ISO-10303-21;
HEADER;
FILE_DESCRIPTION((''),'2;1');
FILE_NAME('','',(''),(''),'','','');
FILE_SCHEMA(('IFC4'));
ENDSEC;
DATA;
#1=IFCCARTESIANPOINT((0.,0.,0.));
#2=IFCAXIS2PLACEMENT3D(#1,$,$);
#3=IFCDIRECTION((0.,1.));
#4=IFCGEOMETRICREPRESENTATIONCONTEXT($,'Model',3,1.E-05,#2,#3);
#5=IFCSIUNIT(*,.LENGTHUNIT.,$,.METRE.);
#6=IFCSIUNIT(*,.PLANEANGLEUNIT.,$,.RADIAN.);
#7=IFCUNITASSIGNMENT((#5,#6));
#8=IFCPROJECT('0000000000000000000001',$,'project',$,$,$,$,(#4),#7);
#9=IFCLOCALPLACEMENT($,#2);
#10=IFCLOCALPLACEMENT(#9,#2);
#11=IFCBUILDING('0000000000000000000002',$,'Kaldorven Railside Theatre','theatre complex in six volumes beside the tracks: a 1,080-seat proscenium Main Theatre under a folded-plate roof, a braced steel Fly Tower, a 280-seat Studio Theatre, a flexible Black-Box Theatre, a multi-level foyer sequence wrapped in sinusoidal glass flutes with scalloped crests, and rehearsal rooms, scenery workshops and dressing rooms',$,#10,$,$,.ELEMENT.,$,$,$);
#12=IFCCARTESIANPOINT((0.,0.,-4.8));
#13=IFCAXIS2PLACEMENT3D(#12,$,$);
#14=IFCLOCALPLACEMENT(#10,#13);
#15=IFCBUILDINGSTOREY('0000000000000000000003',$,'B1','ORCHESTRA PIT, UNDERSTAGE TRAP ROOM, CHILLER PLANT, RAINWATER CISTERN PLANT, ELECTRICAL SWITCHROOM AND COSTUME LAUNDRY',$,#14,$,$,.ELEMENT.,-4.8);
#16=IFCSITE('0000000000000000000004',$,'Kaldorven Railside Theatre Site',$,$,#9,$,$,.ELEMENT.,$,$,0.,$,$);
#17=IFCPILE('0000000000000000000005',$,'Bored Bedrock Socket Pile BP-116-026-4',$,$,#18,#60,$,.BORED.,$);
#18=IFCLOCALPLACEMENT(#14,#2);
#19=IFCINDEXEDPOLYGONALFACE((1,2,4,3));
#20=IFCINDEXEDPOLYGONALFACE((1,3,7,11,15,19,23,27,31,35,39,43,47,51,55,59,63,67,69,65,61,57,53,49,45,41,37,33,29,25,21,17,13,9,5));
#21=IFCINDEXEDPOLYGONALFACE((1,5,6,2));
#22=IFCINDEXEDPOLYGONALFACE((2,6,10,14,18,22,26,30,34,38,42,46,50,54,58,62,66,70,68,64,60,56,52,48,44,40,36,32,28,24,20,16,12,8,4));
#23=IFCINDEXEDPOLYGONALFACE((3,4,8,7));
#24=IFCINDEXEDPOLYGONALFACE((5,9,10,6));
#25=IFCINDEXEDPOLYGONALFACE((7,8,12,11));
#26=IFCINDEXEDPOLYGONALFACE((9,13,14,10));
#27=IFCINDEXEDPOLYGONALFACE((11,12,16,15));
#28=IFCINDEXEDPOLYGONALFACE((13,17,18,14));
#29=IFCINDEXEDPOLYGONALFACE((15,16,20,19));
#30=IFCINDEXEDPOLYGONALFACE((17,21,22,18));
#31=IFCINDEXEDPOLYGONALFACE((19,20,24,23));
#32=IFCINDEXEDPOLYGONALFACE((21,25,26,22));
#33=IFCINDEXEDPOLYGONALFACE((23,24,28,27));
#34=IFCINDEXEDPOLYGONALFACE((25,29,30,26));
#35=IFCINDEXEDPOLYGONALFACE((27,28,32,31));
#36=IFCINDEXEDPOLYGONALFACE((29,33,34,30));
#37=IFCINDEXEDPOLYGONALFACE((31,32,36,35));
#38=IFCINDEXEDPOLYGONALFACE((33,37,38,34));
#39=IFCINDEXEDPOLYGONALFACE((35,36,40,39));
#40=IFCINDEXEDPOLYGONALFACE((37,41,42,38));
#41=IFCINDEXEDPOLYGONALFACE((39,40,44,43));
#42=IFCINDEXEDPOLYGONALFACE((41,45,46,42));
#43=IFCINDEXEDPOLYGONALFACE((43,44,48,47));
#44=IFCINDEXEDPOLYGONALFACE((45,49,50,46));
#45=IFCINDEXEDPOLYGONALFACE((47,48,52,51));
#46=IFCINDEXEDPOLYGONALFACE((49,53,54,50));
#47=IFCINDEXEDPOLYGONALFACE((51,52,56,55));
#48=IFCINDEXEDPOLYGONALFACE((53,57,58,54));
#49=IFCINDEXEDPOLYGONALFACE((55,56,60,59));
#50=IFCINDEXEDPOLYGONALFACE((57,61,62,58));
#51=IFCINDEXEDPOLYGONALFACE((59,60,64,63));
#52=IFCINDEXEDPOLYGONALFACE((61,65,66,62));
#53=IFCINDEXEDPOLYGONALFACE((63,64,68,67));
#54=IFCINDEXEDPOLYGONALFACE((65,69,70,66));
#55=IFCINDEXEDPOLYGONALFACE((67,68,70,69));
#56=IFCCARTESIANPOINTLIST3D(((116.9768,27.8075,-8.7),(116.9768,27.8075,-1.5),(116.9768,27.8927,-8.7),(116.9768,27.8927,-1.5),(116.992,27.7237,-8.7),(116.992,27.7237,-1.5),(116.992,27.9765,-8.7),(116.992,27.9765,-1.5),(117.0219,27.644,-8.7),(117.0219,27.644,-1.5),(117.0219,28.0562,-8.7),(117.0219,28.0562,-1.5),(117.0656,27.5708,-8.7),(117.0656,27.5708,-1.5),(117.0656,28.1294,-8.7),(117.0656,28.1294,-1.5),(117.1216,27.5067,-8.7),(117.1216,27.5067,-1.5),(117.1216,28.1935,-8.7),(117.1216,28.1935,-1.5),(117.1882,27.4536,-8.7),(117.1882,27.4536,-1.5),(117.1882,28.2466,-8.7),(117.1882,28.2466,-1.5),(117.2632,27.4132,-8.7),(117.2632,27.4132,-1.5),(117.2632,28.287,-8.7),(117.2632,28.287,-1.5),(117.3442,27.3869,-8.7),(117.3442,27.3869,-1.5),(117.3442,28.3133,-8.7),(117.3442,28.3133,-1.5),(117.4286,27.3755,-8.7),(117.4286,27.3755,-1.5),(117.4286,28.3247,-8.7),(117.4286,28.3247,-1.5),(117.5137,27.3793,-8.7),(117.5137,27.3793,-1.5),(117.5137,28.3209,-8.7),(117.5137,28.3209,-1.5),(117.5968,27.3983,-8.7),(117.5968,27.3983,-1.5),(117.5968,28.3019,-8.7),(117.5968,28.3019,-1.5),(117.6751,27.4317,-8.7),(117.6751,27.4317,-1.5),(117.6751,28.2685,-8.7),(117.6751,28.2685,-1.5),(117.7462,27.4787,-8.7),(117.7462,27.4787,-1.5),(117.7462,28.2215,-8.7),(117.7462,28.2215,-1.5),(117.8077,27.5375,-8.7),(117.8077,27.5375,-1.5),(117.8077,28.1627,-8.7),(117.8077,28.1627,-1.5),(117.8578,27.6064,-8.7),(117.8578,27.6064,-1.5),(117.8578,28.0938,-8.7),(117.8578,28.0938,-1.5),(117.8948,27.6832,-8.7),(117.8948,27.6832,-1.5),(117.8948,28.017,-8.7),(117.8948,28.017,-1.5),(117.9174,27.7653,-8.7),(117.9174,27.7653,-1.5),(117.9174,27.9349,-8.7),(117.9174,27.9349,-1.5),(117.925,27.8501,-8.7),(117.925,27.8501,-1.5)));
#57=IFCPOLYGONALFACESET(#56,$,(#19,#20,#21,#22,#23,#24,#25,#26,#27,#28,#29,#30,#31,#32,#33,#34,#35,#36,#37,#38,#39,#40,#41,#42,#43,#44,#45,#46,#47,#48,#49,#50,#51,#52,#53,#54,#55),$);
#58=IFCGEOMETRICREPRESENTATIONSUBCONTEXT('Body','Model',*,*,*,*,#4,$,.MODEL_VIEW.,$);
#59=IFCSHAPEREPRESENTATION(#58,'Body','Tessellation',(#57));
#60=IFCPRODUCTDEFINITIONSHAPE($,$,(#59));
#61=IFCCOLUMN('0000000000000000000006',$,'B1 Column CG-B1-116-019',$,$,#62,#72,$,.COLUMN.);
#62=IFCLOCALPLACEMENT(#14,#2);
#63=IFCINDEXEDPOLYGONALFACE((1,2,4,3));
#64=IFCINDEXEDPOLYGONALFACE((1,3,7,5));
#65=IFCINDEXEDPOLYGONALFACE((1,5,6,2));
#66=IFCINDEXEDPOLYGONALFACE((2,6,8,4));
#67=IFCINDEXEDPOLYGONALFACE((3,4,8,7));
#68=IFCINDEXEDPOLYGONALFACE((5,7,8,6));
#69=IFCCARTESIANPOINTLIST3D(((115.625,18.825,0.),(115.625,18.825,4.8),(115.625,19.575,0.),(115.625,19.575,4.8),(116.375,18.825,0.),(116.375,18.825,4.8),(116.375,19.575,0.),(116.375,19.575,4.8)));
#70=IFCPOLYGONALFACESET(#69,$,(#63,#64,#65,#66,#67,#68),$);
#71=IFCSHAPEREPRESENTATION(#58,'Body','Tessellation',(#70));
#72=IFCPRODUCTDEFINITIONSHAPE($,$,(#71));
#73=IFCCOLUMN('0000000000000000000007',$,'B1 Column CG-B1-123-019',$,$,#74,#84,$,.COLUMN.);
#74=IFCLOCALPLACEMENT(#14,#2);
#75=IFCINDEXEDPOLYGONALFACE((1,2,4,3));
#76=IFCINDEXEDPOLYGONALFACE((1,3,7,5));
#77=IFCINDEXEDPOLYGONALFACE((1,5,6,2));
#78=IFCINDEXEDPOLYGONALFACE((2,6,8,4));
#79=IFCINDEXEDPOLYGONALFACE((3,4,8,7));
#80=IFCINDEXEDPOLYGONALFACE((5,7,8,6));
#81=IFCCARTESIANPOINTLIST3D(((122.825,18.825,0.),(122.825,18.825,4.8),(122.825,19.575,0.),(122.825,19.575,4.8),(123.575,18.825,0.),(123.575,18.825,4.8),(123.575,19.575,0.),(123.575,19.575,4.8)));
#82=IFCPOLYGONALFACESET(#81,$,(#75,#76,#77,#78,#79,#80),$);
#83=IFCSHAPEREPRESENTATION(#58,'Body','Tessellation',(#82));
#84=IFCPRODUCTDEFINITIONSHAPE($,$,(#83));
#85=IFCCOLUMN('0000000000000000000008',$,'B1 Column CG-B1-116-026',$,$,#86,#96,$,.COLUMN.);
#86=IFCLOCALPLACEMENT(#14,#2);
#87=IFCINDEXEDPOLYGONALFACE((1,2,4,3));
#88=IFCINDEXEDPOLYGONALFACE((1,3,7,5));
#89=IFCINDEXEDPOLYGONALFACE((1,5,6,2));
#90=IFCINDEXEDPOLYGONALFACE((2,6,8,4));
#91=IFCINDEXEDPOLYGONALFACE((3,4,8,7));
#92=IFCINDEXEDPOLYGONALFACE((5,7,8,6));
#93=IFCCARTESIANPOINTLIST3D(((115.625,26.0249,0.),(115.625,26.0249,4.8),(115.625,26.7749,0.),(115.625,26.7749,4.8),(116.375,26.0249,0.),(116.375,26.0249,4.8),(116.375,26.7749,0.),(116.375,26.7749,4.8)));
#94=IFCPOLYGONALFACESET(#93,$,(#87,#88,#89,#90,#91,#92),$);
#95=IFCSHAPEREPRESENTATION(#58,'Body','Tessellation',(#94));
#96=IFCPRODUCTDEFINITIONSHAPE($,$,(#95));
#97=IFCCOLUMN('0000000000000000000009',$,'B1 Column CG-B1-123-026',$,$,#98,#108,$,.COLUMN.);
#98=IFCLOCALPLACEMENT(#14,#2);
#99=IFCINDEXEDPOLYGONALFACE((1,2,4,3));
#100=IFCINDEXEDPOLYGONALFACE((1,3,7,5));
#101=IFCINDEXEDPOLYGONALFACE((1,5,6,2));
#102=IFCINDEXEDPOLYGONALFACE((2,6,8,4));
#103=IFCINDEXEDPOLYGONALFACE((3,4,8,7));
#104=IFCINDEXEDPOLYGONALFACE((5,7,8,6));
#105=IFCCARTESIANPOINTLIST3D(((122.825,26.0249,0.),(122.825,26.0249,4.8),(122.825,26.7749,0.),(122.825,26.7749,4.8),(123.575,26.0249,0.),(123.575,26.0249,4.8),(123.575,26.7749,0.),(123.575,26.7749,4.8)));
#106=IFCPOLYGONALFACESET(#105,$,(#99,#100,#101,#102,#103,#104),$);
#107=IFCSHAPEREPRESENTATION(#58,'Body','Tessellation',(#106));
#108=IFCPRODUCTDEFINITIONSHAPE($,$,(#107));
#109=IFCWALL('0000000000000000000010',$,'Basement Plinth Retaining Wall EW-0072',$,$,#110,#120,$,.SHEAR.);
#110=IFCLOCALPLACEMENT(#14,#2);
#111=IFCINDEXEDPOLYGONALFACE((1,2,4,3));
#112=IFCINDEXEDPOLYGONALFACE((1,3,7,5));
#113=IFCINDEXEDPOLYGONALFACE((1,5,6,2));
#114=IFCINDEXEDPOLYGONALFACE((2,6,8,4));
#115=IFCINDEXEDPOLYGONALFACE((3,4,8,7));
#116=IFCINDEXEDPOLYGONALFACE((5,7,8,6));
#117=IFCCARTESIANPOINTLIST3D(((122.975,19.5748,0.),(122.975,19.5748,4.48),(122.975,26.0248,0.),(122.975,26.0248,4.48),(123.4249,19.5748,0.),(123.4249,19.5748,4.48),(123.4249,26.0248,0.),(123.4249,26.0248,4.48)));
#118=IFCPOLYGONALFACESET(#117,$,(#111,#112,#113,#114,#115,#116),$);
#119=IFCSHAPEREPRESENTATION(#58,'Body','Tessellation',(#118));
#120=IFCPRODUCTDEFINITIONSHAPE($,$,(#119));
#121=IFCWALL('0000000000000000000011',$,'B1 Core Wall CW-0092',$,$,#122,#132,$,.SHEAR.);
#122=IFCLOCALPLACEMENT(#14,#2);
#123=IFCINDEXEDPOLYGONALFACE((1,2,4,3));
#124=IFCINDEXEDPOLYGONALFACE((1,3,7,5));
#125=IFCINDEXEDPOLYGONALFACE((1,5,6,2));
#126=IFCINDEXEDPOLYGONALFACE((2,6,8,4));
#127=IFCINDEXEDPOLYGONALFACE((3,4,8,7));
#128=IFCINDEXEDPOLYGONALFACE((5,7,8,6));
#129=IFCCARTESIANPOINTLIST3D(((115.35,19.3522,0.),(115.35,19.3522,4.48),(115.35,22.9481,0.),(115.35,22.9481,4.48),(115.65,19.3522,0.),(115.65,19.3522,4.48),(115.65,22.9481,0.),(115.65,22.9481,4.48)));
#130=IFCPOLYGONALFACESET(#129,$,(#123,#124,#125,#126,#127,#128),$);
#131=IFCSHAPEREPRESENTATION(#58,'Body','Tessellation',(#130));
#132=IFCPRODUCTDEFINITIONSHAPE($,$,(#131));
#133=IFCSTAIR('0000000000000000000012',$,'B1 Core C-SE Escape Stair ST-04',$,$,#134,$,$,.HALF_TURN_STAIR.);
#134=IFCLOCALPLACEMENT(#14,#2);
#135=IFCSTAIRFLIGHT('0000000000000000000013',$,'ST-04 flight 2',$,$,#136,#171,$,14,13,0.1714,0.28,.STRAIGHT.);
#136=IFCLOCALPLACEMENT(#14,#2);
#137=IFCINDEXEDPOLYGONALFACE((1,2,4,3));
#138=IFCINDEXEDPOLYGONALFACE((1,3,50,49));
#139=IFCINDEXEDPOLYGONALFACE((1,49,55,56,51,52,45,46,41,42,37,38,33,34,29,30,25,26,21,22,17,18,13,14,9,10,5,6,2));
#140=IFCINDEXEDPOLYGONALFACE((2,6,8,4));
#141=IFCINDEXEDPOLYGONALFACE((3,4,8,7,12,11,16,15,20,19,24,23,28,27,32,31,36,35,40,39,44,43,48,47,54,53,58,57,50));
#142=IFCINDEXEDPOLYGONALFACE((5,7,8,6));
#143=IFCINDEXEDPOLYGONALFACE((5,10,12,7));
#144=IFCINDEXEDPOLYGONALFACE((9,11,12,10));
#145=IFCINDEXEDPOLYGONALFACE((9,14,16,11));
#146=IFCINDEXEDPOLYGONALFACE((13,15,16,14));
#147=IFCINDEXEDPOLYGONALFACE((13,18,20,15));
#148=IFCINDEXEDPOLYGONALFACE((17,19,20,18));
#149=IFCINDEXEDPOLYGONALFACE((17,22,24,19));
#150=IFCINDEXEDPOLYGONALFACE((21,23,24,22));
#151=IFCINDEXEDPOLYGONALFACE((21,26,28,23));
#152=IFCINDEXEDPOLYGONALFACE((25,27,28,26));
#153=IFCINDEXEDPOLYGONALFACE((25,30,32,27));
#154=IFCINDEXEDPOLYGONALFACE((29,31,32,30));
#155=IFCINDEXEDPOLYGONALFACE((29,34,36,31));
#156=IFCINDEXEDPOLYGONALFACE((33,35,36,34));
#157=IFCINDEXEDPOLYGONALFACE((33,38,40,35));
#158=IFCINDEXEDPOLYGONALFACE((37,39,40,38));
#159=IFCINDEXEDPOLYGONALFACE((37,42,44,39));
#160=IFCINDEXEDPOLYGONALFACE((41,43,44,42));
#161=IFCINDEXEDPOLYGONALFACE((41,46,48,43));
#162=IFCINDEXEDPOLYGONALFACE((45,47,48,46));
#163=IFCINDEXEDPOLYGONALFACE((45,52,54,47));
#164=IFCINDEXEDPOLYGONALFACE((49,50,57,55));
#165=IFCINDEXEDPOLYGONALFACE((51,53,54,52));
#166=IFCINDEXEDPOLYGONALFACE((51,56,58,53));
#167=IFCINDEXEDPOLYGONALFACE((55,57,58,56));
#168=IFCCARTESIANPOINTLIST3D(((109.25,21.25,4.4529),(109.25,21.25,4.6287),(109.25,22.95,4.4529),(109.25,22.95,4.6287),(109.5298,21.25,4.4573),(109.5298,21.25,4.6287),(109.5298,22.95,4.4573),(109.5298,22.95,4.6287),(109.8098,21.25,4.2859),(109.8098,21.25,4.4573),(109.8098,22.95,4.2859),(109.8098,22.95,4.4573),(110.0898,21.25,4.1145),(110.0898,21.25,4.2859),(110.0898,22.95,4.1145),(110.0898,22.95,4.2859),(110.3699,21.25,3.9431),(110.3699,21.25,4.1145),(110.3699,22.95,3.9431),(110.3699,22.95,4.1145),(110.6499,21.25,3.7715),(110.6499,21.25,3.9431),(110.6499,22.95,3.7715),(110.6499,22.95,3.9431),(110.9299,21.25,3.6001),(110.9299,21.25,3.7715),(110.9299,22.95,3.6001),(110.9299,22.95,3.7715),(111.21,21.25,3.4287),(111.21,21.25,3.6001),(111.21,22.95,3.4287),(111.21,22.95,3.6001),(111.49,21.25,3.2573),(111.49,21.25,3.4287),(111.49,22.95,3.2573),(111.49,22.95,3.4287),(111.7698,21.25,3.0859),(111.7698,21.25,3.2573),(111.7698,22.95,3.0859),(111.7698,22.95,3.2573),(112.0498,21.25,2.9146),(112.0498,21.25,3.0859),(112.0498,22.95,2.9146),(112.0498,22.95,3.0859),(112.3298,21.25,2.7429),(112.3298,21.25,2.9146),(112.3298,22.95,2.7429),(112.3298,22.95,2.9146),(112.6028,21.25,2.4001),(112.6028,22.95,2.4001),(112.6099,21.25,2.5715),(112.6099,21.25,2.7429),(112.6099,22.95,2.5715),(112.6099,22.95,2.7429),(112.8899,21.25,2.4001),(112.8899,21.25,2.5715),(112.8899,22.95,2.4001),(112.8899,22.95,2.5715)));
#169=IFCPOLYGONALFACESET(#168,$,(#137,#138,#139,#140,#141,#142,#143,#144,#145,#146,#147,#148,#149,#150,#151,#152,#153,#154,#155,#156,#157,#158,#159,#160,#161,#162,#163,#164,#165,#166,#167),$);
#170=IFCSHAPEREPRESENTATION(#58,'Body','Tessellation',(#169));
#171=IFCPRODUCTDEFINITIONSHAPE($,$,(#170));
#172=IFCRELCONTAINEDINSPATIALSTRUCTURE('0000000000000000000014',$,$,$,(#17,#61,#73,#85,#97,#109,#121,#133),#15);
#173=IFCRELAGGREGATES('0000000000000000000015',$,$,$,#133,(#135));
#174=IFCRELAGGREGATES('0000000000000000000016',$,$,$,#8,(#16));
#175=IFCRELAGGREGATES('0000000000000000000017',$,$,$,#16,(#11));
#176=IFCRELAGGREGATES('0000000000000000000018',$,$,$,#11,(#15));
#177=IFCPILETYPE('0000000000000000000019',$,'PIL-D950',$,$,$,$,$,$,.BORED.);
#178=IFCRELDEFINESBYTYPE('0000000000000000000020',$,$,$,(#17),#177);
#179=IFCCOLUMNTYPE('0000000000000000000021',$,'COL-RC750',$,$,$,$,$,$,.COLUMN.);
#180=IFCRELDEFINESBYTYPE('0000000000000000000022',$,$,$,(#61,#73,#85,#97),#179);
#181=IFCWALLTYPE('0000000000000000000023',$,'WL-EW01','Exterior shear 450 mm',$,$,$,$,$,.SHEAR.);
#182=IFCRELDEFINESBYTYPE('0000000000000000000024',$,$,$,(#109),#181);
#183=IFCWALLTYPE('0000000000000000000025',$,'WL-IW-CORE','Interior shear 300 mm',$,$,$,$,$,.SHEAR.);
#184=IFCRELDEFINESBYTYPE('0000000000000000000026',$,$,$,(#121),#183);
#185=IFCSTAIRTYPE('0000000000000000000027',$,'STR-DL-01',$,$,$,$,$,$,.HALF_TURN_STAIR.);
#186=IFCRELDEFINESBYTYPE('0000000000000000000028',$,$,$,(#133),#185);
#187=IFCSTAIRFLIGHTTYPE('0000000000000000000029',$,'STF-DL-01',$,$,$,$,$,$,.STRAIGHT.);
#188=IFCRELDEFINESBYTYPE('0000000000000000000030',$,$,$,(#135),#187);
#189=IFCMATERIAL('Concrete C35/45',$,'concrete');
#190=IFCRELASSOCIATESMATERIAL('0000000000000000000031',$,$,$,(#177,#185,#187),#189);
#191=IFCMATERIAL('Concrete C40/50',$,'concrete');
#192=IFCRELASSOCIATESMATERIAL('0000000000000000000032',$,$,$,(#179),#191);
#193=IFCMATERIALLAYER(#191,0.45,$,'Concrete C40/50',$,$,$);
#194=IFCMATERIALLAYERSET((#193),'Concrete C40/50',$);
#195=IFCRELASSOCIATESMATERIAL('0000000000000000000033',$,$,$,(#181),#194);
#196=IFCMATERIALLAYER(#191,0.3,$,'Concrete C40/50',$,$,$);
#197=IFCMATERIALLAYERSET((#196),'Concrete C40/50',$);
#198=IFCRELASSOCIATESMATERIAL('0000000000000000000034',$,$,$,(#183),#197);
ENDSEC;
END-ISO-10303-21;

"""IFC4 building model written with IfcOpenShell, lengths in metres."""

from ifc_helpers import new_model, si_unit, direction, frame, frame_2d, origin, origin_2d, place, context, subcontext, project, spatial, polyline, rectangle, circle, outline, extrude, material, layer, layer_set, material_profile, profile_set, type_object, element, aggregate, save


model = new_model("IFC4")

# Units and contexts
model_context = context("Model", 3, precision=1e-05, world=origin(), true_north=direction((0.0, 1.0)))
body_context = subcontext(model_context, "Body", "Model", "MODEL_VIEW")
ifc_project = project(units=[si_unit("LENGTHUNIT", "METRE"), si_unit("PLANEANGLEUNIT", "RADIAN")], contexts=[model_context])

# Site, building, storey
site_placement = place(None, origin())
site = spatial("IfcSite", under=ifc_project, at=site_placement, Name="Kaldorven Railside Theatre Site", CompositionType="ELEMENT", RefElevation=0.0)
building_placement = place(site_placement, origin())
building = spatial("IfcBuilding", under=site, at=building_placement, Name="Kaldorven Railside Theatre", Description="theatre complex in six volumes beside the tracks: a 1,080-seat proscenium Main Theatre under a folded-plate roof, a braced steel Fly Tower, a 280-seat Studio Theatre, a flexible Black-Box Theatre, a multi-level foyer sequence wrapped in sinusoidal glass flutes with scalloped crests, and rehearsal rooms, scenery workshops and dressing rooms", CompositionType="ELEMENT")
storey_placement = place(building_placement, frame((0.0, 0.0, -4.8)))
storey = spatial("IfcBuildingStorey", under=building, at=storey_placement, Name="B1", Description="ORCHESTRA PIT, UNDERSTAGE TRAP ROOM, CHILLER PLANT, RAINWATER CISTERN PLANT, ELECTRICAL SWITCHROOM AND COSTUME LAUNDRY", CompositionType="ELEMENT", Elevation=-4.8)

# Shared definitions
ifc_material_1 = material(Name="Concrete C40/50", Category="concrete")

# Pile
ifc_material_2 = material(Name="Concrete C35/45", Category="concrete")
ifc_material_profile_1 = material_profile(ifc_material_2, circle(Radius=0.4751, at=origin_2d()), Name="BP D950")
ifc_profile_set_1 = profile_set([ifc_material_profile_1], Name="Concrete C35/45")
pile_type_1 = type_object("IfcPileType", Name="PIL-D950", PredefinedType="BORED", material=ifc_profile_set_1)
for number, where, z_axis, x_axis, name in (
    (1, (117.45, 27.8501, -1.5), (0.0, 0.0, -1.0), (1.0, 0.0, 0.0), "Bored Bedrock Socket Pile BP-116-026-4"),
):
    element("IfcPile", number, at=place(storey_placement, frame(where, z_axis=z_axis, x_axis=x_axis)), inside=storey, type_object=pile_type_1, Name=name, PredefinedType="BORED", context=body_context, shape_type="SweptSolid", body=[
        extrude(circle(Radius=0.4751, at=origin_2d()), origin(), (0.0, 0.0, 1.0), 7.2),
    ])

# Columns
ifc_material_profile_2 = material_profile(ifc_material_1, rectangle(XDim=0.75, YDim=0.75, at=origin_2d()), Name="RC 750x750")
ifc_profile_set_2 = profile_set([ifc_material_profile_2], Name="Concrete C40/50")
column_type = type_object("IfcColumnType", Name="COL-RC750", PredefinedType="COLUMN", material=ifc_profile_set_2)
for number, where, z_axis, x_axis, name in (
    (2, (116.0, 19.2, 0.0), (0.0, 0.0, 1.0), (0.0, 1.0, 0.0), "B1 Column CG-B1-116-019"),
    (3, (123.2, 19.2, 0.0), (0.0, 0.0, 1.0), (1.0, 0.0, 0.0), "B1 Column CG-B1-123-019"),
    (4, (116.0, 26.3999, 0.0), (0.0, 0.0, 1.0), (1.0, 0.0, 0.0), "B1 Column CG-B1-116-026"),
    (5, (123.2, 26.3999, 0.0), (0.0, 0.0, 1.0), (0.0, 1.0, 0.0), "B1 Column CG-B1-123-026"),
):
    element("IfcColumn", number, at=place(storey_placement, frame(where, z_axis=z_axis, x_axis=x_axis)), inside=storey, type_object=column_type, Name=name, PredefinedType="COLUMN", context=body_context, shape_type="SweptSolid", body=[
        extrude(rectangle(XDim=0.75, YDim=0.75, at=origin_2d()), origin(), (0.0, 0.0, 1.0), 4.8),
    ])

# Walls
ifc_layer_1 = layer(ifc_material_1, 0.45, Name="Concrete C40/50")
ifc_layer_set_1 = layer_set([ifc_layer_1], Name="Concrete C40/50")
wall_type_1 = type_object("IfcWallType", Name="WL-EW01", Description="Exterior shear 450 mm", PredefinedType="SHEAR", material=ifc_layer_set_1)
wall_1_placement = place(storey_placement, frame((123.2, 26.0249, 0.0), z_axis=(0.0, 0.0, 1.0), x_axis=(0.0, -1.0, 0.0)))
element("IfcWall", 6, at=wall_1_placement, inside=storey, type_object=wall_type_1, Name="Basement Plinth Retaining Wall EW-0072", PredefinedType="SHEAR", context=body_context, shape_type="SweptSolid", body=[
    extrude(rectangle(XDim=6.45, YDim=0.45, at=frame_2d((3.2251, 0.0))), origin(), (0.0, 0.0, 1.0), 4.48),
])
ifc_layer_2 = layer(ifc_material_1, 0.3, Name="Concrete C40/50")
ifc_layer_set_2 = layer_set([ifc_layer_2], Name="Concrete C40/50")
wall_type_2 = type_object("IfcWallType", Name="WL-IW-CORE", Description="Interior shear 300 mm", PredefinedType="SHEAR", material=ifc_layer_set_2)
wall_2_placement = place(storey_placement, frame((115.5, 22.948, 0.0), z_axis=(0.0, 0.0, 1.0), x_axis=(0.0, -1.0, 0.0)))
element("IfcWall", 7, at=wall_2_placement, inside=storey, type_object=wall_type_2, Name="B1 Core Wall CW-0092", PredefinedType="SHEAR", context=body_context, shape_type="SweptSolid", body=[
    extrude(rectangle(XDim=3.5959, YDim=0.3, at=frame_2d((1.7979, 0.0))), origin(), (0.0, 0.0, 1.0), 4.48),
])

# Stair, stair flight
stair_type = type_object("IfcStairType", Name="STR-DL-01", PredefinedType="HALF_TURN_STAIR", material=ifc_material_2)
stair_placement = place(storey_placement, origin())
stair = element("IfcStair", 8, at=stair_placement, inside=storey, type_object=stair_type, Name="B1 Core C-SE Escape Stair ST-04", PredefinedType="HALF_TURN_STAIR")
stair_flight_type = type_object("IfcStairFlightType", Name="STF-DL-01", PredefinedType="STRAIGHT", material=ifc_material_2)
stair_flight_placement = place(storey_placement, frame((112.8899, 22.1001, 2.4001), z_axis=(0.0, 0.0, 1.0), x_axis=(-1.0, 0.0, 0.0)))
stair_flight = element("IfcStairFlight", 9, at=stair_flight_placement, type_object=stair_flight_type, Name="ST-04 flight 2", NumberOfRisers=14, NumberOfTreads=13, PredefinedType="STRAIGHT", RiserHeight=0.1714, TreadLength=0.28, context=body_context, shape_type="SweptSolid", body=[
    extrude(outline(polyline([(0.0, 0.0), (0.0, 0.1714), (0.28, 0.1714), (0.28, 0.3428), (0.5601, 0.3428), (0.5601, 0.5144), (0.8401, 0.5144), (0.8401, 0.6858), (1.1201, 0.6858), (1.1201, 0.8572), (1.3999, 0.8572), (1.3999, 1.0286), (1.6799, 1.0286), (1.6799, 1.2), (1.96, 1.2), (1.96, 1.3713), (2.24, 1.3713), (2.24, 1.543), (2.52, 1.543), (2.52, 1.7144), (2.8, 1.7144), (2.8, 1.8857), (3.0801, 1.8857), (3.0801, 2.0571), (3.3601, 2.0571), (3.3601, 2.2285), (3.6399, 2.2285), (3.6399, 2.3999), (3.6399, 2.0527), (0.2871, 0.0), (0.0, 0.0)])), frame((0.0, 0.8501, 0.0), z_axis=(0.0, -1.0, 0.0), x_axis=(1.0, 0.0, 0.0)), (0.0, 0.0, 1.0), 1.7),
])
aggregate(stair, [stair_flight])

save(model, "model.ifc")
